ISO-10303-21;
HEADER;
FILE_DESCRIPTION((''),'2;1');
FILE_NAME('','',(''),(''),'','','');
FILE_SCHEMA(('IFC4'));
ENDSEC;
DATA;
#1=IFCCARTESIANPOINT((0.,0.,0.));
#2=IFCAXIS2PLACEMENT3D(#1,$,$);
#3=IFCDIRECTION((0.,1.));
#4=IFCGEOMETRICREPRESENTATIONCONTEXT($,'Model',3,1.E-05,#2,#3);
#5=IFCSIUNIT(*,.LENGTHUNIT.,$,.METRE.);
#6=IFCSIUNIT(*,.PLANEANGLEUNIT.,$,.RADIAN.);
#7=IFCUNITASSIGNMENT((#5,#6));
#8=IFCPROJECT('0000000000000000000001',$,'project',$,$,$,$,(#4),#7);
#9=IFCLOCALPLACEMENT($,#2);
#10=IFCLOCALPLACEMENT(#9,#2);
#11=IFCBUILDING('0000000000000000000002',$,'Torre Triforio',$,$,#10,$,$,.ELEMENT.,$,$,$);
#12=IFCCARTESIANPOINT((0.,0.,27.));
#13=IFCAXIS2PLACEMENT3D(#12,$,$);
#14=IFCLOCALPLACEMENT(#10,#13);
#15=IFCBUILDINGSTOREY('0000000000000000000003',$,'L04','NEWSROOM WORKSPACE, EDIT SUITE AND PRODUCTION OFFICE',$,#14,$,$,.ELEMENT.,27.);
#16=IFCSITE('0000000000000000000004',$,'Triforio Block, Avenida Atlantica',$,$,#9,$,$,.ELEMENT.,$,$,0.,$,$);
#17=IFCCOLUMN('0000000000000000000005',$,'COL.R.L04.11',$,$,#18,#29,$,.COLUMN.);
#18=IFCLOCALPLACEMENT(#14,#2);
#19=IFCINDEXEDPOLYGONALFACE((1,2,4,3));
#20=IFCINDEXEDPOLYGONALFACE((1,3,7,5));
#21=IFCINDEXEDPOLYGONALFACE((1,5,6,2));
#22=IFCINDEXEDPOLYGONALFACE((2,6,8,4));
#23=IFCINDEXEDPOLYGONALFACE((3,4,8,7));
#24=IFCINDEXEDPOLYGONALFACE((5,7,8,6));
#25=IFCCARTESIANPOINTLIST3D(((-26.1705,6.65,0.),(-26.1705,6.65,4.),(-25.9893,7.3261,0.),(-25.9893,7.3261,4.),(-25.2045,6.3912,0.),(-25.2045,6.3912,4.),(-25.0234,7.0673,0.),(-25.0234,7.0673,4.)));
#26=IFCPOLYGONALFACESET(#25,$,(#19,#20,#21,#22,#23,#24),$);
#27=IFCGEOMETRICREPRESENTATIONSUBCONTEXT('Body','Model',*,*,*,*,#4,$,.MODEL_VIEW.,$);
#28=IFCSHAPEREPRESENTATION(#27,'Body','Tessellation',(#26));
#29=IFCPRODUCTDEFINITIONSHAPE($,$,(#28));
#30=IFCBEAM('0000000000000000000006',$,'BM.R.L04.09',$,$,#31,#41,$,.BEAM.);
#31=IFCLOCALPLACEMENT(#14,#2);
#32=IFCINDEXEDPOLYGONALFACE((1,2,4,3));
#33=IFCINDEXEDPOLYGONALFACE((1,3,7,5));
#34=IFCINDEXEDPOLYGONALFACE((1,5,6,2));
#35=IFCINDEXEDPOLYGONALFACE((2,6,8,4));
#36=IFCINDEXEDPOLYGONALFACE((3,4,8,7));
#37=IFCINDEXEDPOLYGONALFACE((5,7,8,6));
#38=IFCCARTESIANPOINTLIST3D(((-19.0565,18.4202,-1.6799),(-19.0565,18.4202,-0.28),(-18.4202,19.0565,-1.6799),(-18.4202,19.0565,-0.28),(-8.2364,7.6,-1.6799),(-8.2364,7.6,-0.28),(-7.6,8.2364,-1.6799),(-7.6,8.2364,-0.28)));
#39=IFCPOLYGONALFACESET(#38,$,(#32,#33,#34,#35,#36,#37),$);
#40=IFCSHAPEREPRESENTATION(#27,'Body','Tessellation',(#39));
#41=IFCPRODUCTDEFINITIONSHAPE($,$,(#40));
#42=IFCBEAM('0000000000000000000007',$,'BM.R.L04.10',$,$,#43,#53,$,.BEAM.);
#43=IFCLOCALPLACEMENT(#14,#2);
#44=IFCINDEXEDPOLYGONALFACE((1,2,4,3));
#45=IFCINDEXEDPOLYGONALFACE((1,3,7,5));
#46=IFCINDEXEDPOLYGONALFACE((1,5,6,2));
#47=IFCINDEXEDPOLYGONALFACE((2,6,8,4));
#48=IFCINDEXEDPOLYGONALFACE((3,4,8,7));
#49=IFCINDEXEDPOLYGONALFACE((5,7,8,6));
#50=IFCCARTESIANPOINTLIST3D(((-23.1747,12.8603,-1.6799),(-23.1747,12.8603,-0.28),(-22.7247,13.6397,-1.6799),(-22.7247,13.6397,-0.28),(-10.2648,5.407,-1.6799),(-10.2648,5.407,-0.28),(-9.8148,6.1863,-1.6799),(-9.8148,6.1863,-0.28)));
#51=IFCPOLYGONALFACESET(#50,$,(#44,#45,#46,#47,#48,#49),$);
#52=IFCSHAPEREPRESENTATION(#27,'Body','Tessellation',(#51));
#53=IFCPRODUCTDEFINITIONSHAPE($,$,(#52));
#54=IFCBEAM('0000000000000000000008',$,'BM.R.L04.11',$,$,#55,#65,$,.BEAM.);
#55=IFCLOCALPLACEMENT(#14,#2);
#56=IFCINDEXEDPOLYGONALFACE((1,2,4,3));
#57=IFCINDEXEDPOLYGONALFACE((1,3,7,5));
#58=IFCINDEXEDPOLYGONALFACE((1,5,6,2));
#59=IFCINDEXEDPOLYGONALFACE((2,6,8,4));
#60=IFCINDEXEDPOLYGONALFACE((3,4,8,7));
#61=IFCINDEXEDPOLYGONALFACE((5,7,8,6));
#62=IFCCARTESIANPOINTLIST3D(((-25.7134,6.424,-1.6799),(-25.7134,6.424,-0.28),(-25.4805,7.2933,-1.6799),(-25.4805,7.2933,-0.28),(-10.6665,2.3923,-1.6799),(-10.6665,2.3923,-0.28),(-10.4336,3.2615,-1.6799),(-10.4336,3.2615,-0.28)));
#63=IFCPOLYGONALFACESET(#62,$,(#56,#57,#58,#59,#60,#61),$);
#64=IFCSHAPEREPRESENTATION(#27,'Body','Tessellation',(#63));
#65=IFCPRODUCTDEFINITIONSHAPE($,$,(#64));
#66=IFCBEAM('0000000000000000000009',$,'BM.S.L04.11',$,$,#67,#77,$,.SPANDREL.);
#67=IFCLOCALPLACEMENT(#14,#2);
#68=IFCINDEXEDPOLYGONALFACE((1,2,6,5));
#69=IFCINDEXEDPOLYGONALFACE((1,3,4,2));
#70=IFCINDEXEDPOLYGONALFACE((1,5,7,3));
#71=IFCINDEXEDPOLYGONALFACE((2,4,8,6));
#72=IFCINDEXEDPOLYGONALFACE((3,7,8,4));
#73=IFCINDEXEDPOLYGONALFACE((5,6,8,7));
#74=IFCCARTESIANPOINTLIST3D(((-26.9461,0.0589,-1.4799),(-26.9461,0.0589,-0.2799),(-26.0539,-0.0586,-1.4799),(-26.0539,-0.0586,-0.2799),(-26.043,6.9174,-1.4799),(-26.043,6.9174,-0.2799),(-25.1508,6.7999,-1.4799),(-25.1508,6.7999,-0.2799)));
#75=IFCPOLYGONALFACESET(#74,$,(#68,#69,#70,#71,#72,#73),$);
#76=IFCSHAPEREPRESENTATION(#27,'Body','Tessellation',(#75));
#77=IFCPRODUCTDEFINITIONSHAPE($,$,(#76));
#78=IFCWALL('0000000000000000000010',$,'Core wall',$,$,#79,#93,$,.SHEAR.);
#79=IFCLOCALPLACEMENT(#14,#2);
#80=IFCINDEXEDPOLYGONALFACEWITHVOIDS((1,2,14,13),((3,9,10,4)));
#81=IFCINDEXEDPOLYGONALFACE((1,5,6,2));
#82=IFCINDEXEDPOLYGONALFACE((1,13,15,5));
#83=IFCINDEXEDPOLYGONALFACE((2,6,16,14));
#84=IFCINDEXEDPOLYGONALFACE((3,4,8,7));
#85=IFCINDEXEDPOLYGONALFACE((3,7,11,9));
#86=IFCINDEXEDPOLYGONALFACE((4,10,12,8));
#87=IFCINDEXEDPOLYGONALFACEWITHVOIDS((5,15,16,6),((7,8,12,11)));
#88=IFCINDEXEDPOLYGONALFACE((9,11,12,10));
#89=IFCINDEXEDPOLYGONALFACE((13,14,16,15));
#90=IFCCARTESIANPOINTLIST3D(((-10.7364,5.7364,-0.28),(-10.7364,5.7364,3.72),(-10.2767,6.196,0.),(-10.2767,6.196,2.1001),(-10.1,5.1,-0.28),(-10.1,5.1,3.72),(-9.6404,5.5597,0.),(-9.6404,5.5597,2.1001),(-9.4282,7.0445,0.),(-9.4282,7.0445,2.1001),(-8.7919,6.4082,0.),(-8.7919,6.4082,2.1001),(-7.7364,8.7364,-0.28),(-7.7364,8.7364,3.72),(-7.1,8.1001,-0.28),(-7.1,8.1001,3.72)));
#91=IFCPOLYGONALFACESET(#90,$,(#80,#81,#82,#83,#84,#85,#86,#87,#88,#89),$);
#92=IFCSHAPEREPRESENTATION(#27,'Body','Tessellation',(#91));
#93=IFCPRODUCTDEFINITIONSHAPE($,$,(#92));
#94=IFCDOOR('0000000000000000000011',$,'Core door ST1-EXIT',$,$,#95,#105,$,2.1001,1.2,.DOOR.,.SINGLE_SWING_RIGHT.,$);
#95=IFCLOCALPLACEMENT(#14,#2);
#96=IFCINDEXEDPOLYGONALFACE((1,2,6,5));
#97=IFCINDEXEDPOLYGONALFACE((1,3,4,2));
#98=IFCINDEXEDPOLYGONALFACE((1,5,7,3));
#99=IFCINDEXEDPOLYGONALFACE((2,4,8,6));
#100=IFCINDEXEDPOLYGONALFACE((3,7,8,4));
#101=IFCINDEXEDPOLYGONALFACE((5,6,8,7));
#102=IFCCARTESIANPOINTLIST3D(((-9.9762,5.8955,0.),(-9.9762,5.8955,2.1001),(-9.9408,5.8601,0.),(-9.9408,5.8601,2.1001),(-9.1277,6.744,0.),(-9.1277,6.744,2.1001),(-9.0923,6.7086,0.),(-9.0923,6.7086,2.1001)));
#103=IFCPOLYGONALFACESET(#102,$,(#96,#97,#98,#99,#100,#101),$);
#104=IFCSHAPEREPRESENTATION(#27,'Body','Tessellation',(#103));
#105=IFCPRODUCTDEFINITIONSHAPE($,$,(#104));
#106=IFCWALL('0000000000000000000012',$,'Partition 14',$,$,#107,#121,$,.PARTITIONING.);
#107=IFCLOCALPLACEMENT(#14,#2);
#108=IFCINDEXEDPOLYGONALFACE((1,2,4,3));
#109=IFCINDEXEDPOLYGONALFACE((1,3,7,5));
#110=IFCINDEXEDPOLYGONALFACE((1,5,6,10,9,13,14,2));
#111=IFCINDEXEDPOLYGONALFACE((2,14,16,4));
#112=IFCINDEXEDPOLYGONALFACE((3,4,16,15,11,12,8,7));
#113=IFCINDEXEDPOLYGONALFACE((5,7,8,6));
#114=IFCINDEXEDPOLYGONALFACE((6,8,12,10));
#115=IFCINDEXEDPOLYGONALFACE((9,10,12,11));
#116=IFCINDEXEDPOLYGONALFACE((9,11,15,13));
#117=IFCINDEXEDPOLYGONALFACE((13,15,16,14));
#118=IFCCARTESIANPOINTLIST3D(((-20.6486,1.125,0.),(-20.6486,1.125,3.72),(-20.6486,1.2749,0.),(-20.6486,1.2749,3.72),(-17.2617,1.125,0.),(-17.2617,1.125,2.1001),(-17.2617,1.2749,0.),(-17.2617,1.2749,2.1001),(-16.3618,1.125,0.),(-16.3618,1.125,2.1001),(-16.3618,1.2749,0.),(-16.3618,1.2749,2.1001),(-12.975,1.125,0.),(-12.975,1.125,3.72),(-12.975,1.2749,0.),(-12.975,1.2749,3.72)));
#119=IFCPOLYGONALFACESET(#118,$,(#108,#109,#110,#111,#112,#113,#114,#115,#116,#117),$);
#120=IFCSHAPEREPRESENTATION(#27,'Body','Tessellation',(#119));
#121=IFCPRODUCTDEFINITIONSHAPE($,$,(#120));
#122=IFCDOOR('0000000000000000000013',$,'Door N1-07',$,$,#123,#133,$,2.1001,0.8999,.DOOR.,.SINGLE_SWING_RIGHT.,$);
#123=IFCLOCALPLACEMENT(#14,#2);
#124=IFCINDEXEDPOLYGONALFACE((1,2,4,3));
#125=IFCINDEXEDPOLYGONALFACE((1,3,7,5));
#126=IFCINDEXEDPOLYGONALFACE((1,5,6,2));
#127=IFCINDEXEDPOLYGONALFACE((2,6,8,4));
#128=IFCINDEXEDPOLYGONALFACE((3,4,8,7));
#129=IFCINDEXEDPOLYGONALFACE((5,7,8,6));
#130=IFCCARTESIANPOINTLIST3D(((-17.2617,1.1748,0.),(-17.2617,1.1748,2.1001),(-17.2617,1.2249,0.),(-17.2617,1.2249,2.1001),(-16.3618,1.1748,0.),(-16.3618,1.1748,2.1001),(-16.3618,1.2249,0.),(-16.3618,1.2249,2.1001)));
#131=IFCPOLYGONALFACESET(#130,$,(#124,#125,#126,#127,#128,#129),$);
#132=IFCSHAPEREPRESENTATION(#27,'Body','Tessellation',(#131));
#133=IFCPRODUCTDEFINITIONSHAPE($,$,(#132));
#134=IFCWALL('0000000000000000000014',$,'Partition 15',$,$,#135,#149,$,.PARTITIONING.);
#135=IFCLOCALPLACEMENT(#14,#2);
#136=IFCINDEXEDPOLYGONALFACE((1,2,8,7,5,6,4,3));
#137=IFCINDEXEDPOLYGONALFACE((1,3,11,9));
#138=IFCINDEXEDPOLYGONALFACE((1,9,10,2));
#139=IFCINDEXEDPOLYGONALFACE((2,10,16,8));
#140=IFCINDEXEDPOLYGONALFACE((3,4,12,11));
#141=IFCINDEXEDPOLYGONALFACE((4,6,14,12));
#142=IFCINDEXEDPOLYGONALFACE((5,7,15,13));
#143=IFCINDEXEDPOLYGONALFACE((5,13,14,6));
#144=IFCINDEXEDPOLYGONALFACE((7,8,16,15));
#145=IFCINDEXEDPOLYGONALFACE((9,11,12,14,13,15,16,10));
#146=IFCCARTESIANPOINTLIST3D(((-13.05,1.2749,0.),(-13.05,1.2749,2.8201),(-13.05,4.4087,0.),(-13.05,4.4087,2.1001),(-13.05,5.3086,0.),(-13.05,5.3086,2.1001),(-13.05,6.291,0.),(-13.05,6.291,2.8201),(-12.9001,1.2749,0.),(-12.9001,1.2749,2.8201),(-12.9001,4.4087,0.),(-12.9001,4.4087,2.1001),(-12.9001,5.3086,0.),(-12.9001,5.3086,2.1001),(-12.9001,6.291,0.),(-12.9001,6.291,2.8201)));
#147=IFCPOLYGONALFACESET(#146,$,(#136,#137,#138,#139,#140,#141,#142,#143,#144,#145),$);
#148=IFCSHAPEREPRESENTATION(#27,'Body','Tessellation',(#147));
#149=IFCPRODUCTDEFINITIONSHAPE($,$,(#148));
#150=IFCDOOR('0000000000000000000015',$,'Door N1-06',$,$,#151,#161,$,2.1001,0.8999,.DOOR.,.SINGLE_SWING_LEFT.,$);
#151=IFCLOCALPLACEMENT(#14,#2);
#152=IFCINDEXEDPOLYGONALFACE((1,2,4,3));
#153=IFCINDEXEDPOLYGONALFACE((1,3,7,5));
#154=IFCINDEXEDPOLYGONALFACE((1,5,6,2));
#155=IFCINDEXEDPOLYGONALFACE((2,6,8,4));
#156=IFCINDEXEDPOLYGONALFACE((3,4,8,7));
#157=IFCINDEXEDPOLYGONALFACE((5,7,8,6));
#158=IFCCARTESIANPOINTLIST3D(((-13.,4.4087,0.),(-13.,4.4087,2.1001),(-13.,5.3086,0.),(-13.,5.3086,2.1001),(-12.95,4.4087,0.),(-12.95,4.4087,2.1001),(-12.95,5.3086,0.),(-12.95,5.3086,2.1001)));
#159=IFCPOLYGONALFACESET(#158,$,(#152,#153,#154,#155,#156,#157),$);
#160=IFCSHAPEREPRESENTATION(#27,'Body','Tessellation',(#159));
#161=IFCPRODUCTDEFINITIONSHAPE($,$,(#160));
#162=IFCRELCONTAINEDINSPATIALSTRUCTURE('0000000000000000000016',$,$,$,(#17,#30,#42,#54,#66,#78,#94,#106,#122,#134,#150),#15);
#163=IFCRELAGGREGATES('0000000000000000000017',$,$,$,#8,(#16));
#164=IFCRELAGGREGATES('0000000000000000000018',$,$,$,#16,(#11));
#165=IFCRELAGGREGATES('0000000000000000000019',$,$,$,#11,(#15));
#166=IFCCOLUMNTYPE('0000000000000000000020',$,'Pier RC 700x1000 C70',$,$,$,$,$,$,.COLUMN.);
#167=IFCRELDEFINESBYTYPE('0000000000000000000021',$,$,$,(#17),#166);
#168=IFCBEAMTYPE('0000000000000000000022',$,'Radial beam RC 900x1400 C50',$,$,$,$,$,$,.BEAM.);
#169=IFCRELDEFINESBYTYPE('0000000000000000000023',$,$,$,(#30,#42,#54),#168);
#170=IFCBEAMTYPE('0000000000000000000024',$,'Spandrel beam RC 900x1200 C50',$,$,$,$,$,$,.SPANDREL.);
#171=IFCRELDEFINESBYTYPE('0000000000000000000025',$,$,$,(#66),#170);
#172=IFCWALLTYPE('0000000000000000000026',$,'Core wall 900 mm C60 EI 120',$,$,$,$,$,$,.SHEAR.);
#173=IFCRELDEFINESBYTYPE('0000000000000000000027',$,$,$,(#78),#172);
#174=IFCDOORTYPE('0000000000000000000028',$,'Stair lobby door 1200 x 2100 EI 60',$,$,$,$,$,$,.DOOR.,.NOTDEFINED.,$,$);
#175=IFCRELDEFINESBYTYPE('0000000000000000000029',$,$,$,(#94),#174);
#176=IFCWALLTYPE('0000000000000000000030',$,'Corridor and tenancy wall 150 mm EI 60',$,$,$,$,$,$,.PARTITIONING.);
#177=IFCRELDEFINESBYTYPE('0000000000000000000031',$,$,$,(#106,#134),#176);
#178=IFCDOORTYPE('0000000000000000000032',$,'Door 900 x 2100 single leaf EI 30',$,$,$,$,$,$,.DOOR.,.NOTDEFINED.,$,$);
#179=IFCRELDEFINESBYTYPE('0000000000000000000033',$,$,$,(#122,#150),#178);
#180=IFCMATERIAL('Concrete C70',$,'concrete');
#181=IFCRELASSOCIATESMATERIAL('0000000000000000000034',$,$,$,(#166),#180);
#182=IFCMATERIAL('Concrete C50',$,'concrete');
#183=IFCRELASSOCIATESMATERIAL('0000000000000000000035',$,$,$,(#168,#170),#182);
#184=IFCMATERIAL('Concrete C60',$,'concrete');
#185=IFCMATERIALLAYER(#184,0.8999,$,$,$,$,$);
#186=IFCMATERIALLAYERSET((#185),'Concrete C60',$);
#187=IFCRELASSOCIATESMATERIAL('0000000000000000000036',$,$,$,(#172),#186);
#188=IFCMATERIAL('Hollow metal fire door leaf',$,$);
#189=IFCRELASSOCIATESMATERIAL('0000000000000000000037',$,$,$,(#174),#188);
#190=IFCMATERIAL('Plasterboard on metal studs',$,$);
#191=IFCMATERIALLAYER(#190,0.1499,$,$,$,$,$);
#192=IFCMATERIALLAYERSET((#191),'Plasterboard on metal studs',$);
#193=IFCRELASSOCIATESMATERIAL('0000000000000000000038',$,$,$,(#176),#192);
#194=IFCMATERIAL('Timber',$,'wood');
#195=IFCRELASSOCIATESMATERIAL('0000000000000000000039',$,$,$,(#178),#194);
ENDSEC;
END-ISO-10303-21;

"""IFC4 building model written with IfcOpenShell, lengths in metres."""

from ifc_helpers import new_model, si_unit, direction, frame, frame_2d, origin, origin_2d, place, context, subcontext, project, spatial, rectangle, extrude, material, layer, layer_set, material_profile, profile_set, type_object, element, fill, save


model = new_model("IFC4")

# Units and contexts
model_context = context("Model", 3, precision=1e-05, world=origin(), true_north=direction((0.0, 1.0)))
body_context = subcontext(model_context, "Body", "Model", "MODEL_VIEW")
ifc_project = project(units=[si_unit("LENGTHUNIT", "METRE"), si_unit("PLANEANGLEUNIT", "RADIAN")], contexts=[model_context])

# Site, building, storey
site_placement = place(None, origin())
site = spatial("IfcSite", under=ifc_project, at=site_placement, Name="Triforio Block, Avenida Atlantica", CompositionType="ELEMENT", RefElevation=0.0)
building_placement = place(site_placement, origin())
building = spatial("IfcBuilding", under=site, at=building_placement, Name="Torre Triforio", CompositionType="ELEMENT")
storey_placement = place(building_placement, frame((0.0, 0.0, 27.0)))
storey = spatial("IfcBuildingStorey", under=building, at=storey_placement, Name="L04", Description="NEWSROOM WORKSPACE, EDIT SUITE AND PRODUCTION OFFICE", CompositionType="ELEMENT", Elevation=27.0)

# Column
ifc_material_1 = material(Name="Concrete C70", Category="concrete")
ifc_material_profile_1 = material_profile(ifc_material_1, rectangle(XDim=0.7, YDim=1.0, at=origin_2d()), Name="RC 700x1000")
ifc_profile_set_1 = profile_set([ifc_material_profile_1], Name="Concrete C70")
column_type = type_object("IfcColumnType", Name="Pier RC 700x1000 C70", PredefinedType="COLUMN", material=ifc_profile_set_1)
column_placement = place(storey_placement, frame((-25.5969, 6.8586, 0.0), z_axis=(0.0, 0.0, 1.0), x_axis=(-0.258819, -0.965926, 0.0)))
element("IfcColumn", 1, at=column_placement, inside=storey, type_object=column_type, Name="COL.R.L04.11", PredefinedType="COLUMN", context=body_context, shape_type="SweptSolid", body=[
    extrude(rectangle(XDim=0.7, YDim=1.0, at=origin_2d()), origin(), (0.0, 0.0, 1.0), 4.0),
])

# Beams
ifc_material_2 = material(Name="Concrete C50", Category="concrete")
ifc_material_profile_2 = material_profile(ifc_material_2, rectangle(XDim=0.8999, YDim=1.3999, at=origin_2d()), Name="RC 900x1400")
ifc_profile_set_2 = profile_set([ifc_material_profile_2], Name="Concrete C50")
beam_type_1 = type_object("IfcBeamType", Name="Radial beam RC 900x1400 C50", PredefinedType="BEAM", material=ifc_profile_set_2)
beam_1_placement = place(storey_placement, frame((-7.9182, 7.9182, -0.98), z_axis=(-0.707107, 0.707107, 0.0), x_axis=(-0.707107, -0.707107, 0.0)))
element("IfcBeam", 2, at=beam_1_placement, inside=storey, type_object=beam_type_1, Name="BM.R.L04.09", PredefinedType="BEAM", context=body_context, shape_type="SweptSolid", body=[
    extrude(rectangle(XDim=0.8999, YDim=1.3999, at=origin_2d()), origin(), (0.0, 0.0, 1.0), 15.302),
])
beam_2_placement = place(storey_placement, frame((-10.0398, 5.7966, -0.98), z_axis=(-0.86603, 0.499991, 0.0), x_axis=(-0.499991, -0.86603, 0.0)))
element("IfcBeam", 3, at=beam_2_placement, inside=storey, type_object=beam_type_1, Name="BM.R.L04.10", PredefinedType="BEAM", context=body_context, shape_type="SweptSolid", body=[
    extrude(rectangle(XDim=0.8999, YDim=1.3999, at=origin_2d()), origin(), (0.0, 0.0, 1.0), 14.907),
])
beam_3_placement = place(storey_placement, frame((-10.55, 2.8269, -0.98), z_axis=(-0.965927, 0.258815, 0.0), x_axis=(-0.258815, -0.965927, 0.0)))
element("IfcBeam", 4, at=beam_3_placement, inside=storey, type_object=beam_type_1, Name="BM.R.L04.11", PredefinedType="BEAM", context=body_context, shape_type="SweptSolid", body=[
    extrude(rectangle(XDim=0.8999, YDim=1.3999, at=origin_2d()), origin(), (0.0, 0.0, 1.0), 15.5776),
])
ifc_material_profile_3 = material_profile(ifc_material_2, rectangle(XDim=0.8999, YDim=1.2, at=origin_2d()), Name="RC 900x1200")
ifc_profile_set_3 = profile_set([ifc_material_profile_3], Name="Concrete C50")
beam_type_2 = type_object("IfcBeamType", Name="Spandrel beam RC 900x1200 C50", PredefinedType="SPANDREL", material=ifc_profile_set_3)
beam_4_placement = place(storey_placement, frame((-25.5969, 6.8586, -0.8799), z_axis=(-0.130543, -0.991443, 0.0), x_axis=(0.991443, -0.130543, 0.0)))
element("IfcBeam", 5, at=beam_4_placement, inside=storey, type_object=beam_type_2, Name="BM.S.L04.11", PredefinedType="SPANDREL", context=body_context, shape_type="SweptSolid", body=[
    extrude(rectangle(XDim=0.8999, YDim=1.2, at=origin_2d()), origin(), (0.0, 0.0, 1.0), 6.9177),
])

# Walls, openings, doors
ifc_material_3 = material(Name="Concrete C60", Category="concrete")
ifc_layer_1 = layer(ifc_material_3, 0.8999)
ifc_layer_set_1 = layer_set([ifc_layer_1], Name="Concrete C60")
wall_type_1 = type_object("IfcWallType", Name="Core wall 900 mm C60 EI 120", PredefinedType="SHEAR", material=ifc_layer_set_1)
wall_1_placement = place(storey_placement, frame((-10.4182, 5.4182, -0.28), z_axis=(0.0, 0.0, 1.0), x_axis=(0.707107, 0.707107, 0.0)))
wall_1 = element("IfcWall", 6, at=wall_1_placement, inside=storey, type_object=wall_type_1, Name="Core wall", PredefinedType="SHEAR", context=body_context, shape_type="SweptSolid", body=[
    extrude(rectangle(XDim=4.2427, YDim=0.8999, at=frame_2d((2.1213, 0.0))), origin(), (0.0, 0.0, 1.0), 4.0),
])
opening_1_placement = place(wall_1_placement, frame((0.6499, 0.0, 0.28)))
opening_1 = element("IfcOpeningElement", 7, at=opening_1_placement, cuts=wall_1, PredefinedType="OPENING", context=body_context, shape_type="SweptSolid", body=[
    extrude(rectangle(XDim=1.2, YDim=2.1001, at=frame_2d((0.6001, 1.05))), frame((0.0, 0.46, 0.0), z_axis=(0.0, -1.0, 0.0), x_axis=(1.0, 0.0, 0.0)), (0.0, 0.0, 1.0), 0.9199),
])
ifc_material_4 = material(Name="Hollow metal fire door leaf")
door_type_1 = type_object("IfcDoorType", Name="Stair lobby door 1200 x 2100 EI 60", OperationType="NOTDEFINED", PredefinedType="DOOR", material=ifc_material_4)
door_1_placement = place(opening_1_placement, origin())
door_1 = element("IfcDoor", 8, at=door_1_placement, inside=storey, type_object=door_type_1, Name="Core door ST1-EXIT", OperationType="SINGLE_SWING_RIGHT", OverallHeight=2.1001, OverallWidth=1.2, PredefinedType="DOOR", context=body_context, shape_type="SweptSolid", body=[
    extrude(rectangle(XDim=1.2, YDim=2.1001, at=frame_2d((0.6001, 1.05))), frame((0.0, 0.0249, 0.0), z_axis=(0.0, -1.0, 0.0), x_axis=(1.0, 0.0, 0.0)), (0.0, 0.0, 1.0), 0.05),
])
fill(opening_1, door_1)
ifc_material_5 = material(Name="Plasterboard on metal studs")
ifc_layer_2 = layer(ifc_material_5, 0.1499)
ifc_layer_set_2 = layer_set([ifc_layer_2], Name="Plasterboard on metal studs")
wall_type_2 = type_object("IfcWallType", Name="Corridor and tenancy wall 150 mm EI 60", PredefinedType="PARTITIONING", material=ifc_layer_set_2)
wall_2_placement = place(storey_placement, frame((-20.6487, 1.2, 0.0), z_axis=(0.0, 0.0, 1.0), x_axis=(1.0, 0.0, 0.0)))
wall_2 = element("IfcWall", 9, at=wall_2_placement, inside=storey, type_object=wall_type_2, Name="Partition 14", PredefinedType="PARTITIONING", context=body_context, shape_type="SweptSolid", body=[
    extrude(rectangle(XDim=7.6736, YDim=0.1499, at=frame_2d((3.8369, 0.0))), origin(), (0.0, 0.0, 1.0), 3.72),
])
opening_2_placement = place(wall_2_placement, frame((3.387, 0.0, 0.0)))
opening_2 = element("IfcOpeningElement", 10, at=opening_2_placement, cuts=wall_2, PredefinedType="OPENING", context=body_context, shape_type="SweptSolid", body=[
    extrude(rectangle(XDim=0.8999, YDim=2.1001, at=frame_2d((0.45, 1.05))), frame((0.0, 0.085, 0.0), z_axis=(0.0, -1.0, 0.0), x_axis=(1.0, 0.0, 0.0)), (0.0, 0.0, 1.0), 0.1699),
])
ifc_material_6 = material(Name="Timber", Category="wood")
door_type_2 = type_object("IfcDoorType", Name="Door 900 x 2100 single leaf EI 30", OperationType="NOTDEFINED", PredefinedType="DOOR", material=ifc_material_6)
door_2_placement = place(opening_2_placement, origin())
door_2 = element("IfcDoor", 11, at=door_2_placement, inside=storey, type_object=door_type_2, Name="Door N1-07", OperationType="SINGLE_SWING_RIGHT", OverallHeight=2.1001, OverallWidth=0.8999, PredefinedType="DOOR", context=body_context, shape_type="SweptSolid", body=[
    extrude(rectangle(XDim=0.8999, YDim=2.1001, at=frame_2d((0.45, 1.05))), frame((0.0, 0.0249, 0.0), z_axis=(0.0, -1.0, 0.0), x_axis=(1.0, 0.0, 0.0)), (0.0, 0.0, 1.0), 0.05),
])
fill(opening_2, door_2)
wall_3_placement = place(storey_placement, frame((-12.9751, 1.2749, 0.0), z_axis=(0.0, 0.0, 1.0), x_axis=(0.0, 1.0, 0.0)))
wall_3 = element("IfcWall", 12, at=wall_3_placement, inside=storey, type_object=wall_type_2, Name="Partition 15", PredefinedType="PARTITIONING", context=body_context, shape_type="SweptSolid", body=[
    extrude(rectangle(XDim=5.0161, YDim=0.1499, at=frame_2d((2.5081, 0.0))), origin(), (0.0, 0.0, 1.0), 2.8201),
])
opening_3_placement = place(wall_3_placement, frame((3.1338, 0.0, 0.0)))
opening_3 = element("IfcOpeningElement", 13, at=opening_3_placement, cuts=wall_3, PredefinedType="OPENING", context=body_context, shape_type="SweptSolid", body=[
    extrude(rectangle(XDim=0.8999, YDim=2.1001, at=frame_2d((0.45, 1.05))), frame((0.0, 0.085, 0.0), z_axis=(0.0, -1.0, 0.0), x_axis=(1.0, 0.0, 0.0)), (0.0, 0.0, 1.0), 0.1699),
])
door_3_placement = place(opening_3_placement, origin())
door_3 = element("IfcDoor", 14, at=door_3_placement, inside=storey, type_object=door_type_2, Name="Door N1-06", OperationType="SINGLE_SWING_LEFT", OverallHeight=2.1001, OverallWidth=0.8999, PredefinedType="DOOR", context=body_context, shape_type="SweptSolid", body=[
    extrude(rectangle(XDim=0.8999, YDim=2.1001, at=frame_2d((0.45, 1.05))), frame((0.0, 0.0249, 0.0), z_axis=(0.0, -1.0, 0.0), x_axis=(1.0, 0.0, 0.0)), (0.0, 0.0, 1.0), 0.05),
])
fill(opening_3, door_3)

save(model, "model.ifc")
